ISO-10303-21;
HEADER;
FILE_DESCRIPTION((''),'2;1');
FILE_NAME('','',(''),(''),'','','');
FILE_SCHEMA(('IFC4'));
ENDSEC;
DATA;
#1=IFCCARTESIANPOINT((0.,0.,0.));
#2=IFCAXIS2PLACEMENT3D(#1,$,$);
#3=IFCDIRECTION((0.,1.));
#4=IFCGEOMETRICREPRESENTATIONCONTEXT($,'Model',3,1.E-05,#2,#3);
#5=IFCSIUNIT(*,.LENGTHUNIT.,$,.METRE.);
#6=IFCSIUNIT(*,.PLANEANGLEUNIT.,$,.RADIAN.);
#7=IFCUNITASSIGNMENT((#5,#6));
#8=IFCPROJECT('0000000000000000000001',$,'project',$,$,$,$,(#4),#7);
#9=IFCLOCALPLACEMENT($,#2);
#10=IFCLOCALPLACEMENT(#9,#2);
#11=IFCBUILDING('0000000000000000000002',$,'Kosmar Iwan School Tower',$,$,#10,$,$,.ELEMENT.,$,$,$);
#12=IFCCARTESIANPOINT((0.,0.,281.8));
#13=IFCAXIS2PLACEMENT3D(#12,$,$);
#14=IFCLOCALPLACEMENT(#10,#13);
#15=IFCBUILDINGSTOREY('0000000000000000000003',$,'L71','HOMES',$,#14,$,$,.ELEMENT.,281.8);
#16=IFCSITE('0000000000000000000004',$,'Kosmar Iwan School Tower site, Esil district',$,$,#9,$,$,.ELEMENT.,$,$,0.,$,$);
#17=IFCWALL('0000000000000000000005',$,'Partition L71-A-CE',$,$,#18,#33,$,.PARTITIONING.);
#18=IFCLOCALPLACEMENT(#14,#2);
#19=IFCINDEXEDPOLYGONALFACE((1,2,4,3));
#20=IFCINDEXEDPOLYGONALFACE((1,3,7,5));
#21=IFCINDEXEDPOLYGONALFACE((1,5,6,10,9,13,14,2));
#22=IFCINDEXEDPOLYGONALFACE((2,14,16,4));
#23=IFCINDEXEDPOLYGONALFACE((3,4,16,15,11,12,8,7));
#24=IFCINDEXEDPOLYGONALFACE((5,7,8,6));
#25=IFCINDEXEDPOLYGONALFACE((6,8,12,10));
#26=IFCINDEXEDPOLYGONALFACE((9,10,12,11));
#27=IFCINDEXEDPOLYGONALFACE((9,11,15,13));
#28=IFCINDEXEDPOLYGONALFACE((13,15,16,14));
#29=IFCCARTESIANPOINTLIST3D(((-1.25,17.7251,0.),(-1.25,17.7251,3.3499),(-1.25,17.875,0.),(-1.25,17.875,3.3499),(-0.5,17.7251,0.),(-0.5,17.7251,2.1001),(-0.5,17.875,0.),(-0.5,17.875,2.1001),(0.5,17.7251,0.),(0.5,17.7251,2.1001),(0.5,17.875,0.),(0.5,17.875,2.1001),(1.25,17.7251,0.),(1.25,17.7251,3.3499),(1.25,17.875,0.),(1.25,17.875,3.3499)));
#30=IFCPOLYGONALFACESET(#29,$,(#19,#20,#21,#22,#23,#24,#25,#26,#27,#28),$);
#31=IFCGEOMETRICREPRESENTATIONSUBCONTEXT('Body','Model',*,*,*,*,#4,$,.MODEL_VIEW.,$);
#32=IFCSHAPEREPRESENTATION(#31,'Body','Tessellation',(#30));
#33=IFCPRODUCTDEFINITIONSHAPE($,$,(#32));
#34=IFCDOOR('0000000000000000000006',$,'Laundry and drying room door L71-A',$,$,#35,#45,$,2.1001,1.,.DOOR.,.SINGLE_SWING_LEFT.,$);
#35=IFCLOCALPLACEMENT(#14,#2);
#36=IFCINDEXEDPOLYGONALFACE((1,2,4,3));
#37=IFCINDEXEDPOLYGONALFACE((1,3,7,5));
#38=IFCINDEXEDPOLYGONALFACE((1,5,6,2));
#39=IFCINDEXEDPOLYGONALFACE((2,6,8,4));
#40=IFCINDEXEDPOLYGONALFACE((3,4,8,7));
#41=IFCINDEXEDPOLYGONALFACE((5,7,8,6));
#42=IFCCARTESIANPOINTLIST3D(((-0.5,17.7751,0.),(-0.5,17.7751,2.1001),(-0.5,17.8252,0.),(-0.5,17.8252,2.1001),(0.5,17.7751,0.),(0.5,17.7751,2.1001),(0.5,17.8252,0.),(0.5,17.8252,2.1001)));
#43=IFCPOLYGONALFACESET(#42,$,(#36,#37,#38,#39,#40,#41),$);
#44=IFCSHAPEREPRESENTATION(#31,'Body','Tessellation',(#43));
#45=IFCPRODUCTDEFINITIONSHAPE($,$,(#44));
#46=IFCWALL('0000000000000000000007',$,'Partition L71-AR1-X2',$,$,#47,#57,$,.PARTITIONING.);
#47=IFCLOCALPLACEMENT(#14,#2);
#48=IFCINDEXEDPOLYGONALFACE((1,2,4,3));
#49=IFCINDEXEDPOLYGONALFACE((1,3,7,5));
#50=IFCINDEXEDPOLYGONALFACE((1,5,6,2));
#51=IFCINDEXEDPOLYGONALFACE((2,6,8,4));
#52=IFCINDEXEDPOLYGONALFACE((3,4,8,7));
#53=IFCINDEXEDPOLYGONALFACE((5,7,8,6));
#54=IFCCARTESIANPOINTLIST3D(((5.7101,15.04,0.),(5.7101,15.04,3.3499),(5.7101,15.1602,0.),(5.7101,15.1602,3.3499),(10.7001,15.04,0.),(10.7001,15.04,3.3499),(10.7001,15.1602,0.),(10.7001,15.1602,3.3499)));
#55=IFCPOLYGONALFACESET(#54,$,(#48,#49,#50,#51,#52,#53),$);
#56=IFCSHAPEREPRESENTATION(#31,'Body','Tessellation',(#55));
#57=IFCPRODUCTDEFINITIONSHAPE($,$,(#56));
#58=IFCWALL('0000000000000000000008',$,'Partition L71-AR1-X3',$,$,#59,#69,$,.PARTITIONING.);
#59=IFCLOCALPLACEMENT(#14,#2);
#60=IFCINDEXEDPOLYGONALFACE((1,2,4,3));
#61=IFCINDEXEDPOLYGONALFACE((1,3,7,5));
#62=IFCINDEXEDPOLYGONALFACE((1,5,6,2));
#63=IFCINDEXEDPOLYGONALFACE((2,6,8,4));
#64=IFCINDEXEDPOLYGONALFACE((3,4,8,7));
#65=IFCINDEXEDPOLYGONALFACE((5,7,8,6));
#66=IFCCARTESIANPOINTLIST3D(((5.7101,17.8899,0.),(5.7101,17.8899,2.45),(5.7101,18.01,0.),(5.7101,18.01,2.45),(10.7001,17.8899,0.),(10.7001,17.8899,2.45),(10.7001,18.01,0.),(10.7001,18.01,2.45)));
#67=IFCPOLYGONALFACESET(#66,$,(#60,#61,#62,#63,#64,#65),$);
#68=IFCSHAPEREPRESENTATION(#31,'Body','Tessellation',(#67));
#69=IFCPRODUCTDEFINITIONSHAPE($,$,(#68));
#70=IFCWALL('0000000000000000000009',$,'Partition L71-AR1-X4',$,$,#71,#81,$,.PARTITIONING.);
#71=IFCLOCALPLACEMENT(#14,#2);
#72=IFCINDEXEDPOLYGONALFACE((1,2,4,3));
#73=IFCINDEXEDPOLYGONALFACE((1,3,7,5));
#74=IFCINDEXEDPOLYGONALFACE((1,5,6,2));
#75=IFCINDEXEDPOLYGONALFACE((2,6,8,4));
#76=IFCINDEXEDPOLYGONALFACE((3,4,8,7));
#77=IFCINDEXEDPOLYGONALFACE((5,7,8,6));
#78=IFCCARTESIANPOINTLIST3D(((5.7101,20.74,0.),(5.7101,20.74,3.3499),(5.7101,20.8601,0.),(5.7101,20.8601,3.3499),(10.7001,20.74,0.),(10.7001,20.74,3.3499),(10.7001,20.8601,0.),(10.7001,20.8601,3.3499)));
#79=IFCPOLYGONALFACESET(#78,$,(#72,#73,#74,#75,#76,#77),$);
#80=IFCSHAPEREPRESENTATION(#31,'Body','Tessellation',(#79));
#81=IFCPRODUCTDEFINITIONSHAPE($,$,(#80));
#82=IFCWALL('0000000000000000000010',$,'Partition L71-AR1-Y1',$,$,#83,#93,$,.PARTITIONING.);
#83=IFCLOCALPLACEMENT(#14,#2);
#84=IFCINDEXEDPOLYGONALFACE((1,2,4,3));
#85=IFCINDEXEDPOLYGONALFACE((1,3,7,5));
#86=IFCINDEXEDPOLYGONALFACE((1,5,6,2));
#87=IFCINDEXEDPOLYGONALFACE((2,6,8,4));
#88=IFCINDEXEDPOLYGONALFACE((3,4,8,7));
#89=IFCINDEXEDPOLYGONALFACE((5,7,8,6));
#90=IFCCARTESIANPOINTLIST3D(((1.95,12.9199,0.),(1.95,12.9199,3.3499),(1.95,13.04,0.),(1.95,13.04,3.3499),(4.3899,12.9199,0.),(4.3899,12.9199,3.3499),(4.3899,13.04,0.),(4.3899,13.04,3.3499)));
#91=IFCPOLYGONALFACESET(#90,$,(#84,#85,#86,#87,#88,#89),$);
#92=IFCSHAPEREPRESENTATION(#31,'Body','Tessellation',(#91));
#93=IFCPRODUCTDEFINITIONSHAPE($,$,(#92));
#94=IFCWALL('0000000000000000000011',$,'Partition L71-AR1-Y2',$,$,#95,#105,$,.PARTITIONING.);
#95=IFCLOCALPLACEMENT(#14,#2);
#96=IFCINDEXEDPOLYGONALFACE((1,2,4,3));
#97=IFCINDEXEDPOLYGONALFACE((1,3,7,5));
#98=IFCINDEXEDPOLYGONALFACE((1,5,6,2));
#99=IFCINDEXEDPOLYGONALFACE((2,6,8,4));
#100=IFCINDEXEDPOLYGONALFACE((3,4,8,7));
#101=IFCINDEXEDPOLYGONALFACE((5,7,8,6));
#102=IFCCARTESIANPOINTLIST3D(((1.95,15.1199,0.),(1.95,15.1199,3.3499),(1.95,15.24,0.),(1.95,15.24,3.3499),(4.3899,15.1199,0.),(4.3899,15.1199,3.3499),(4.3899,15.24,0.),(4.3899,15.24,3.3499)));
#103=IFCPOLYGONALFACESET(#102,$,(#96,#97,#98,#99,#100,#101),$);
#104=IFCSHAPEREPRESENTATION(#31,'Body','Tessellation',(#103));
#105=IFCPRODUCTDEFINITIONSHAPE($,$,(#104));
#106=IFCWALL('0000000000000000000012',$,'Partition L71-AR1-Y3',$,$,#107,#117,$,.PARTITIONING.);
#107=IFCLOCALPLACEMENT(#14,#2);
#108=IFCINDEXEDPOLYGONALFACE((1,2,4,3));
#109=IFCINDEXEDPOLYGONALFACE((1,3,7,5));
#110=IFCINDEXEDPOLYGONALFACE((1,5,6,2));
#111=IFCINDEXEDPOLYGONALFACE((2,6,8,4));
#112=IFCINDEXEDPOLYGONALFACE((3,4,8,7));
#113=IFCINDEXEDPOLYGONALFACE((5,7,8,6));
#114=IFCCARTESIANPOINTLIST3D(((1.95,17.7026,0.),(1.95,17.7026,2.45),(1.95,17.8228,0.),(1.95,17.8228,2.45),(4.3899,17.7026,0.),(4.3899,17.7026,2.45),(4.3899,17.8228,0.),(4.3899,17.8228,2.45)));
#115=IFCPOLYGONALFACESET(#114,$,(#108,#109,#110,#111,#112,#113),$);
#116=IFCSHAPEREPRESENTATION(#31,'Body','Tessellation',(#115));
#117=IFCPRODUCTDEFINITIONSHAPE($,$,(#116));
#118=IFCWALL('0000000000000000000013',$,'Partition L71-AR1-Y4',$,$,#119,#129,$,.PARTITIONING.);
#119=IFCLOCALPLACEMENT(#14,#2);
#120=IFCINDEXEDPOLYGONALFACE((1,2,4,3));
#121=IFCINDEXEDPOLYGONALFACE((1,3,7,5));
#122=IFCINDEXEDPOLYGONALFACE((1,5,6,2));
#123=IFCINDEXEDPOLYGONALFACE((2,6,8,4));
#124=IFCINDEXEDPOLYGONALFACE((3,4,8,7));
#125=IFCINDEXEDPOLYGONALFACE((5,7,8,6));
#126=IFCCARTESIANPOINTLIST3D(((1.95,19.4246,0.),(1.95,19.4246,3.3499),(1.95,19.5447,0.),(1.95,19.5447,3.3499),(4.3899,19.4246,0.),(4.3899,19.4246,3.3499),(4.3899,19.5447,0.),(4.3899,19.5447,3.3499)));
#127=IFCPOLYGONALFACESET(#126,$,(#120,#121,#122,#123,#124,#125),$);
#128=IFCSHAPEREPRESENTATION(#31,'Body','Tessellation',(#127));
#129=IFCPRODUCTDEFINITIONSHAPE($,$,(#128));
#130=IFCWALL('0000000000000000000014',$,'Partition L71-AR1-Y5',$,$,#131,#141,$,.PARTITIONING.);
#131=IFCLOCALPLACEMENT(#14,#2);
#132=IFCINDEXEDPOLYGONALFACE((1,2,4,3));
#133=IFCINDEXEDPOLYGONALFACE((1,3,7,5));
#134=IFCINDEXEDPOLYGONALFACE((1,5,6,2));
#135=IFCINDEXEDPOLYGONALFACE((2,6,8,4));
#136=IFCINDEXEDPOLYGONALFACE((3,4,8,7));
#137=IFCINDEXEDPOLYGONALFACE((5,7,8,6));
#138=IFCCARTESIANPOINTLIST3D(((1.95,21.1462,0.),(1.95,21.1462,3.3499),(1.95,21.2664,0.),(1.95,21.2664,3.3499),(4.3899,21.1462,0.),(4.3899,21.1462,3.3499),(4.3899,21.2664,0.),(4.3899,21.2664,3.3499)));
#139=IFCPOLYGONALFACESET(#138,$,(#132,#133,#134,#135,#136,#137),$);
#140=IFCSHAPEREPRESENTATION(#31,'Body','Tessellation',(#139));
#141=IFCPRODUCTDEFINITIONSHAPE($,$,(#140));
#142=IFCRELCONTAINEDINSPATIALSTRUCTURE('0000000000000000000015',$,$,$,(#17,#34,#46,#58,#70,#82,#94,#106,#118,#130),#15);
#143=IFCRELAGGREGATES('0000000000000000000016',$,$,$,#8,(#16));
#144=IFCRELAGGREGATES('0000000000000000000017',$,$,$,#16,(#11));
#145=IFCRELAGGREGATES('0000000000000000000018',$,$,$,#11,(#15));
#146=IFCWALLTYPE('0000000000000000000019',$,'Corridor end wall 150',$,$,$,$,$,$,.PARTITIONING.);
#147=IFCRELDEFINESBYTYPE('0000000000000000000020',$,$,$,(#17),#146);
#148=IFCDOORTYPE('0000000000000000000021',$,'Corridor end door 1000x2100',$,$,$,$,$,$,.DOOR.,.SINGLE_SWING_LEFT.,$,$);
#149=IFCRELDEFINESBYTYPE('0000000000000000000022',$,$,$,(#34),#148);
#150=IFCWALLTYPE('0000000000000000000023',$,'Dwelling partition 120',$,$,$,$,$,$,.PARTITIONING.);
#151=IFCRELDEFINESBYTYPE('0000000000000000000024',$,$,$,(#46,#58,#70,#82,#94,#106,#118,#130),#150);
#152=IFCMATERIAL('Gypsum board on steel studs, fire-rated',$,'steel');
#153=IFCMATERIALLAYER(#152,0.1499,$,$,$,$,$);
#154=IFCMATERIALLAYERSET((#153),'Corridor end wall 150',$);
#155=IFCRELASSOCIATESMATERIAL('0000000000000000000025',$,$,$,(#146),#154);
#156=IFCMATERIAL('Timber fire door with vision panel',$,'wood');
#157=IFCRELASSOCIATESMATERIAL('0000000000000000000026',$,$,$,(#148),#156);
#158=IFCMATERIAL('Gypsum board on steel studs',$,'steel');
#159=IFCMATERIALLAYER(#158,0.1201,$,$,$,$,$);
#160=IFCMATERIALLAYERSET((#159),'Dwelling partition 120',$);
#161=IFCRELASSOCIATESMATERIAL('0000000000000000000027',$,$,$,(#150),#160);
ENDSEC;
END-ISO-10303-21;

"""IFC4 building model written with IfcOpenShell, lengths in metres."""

from ifc_helpers import new_model, si_unit, direction, frame, frame_2d, origin, place, context, subcontext, project, spatial, rectangle, extrude, material, layer, layer_set, type_object, element, fill, save


model = new_model("IFC4")

# Units and contexts
model_context = context("Model", 3, precision=1e-05, world=origin(), true_north=direction((0.0, 1.0)))
body_context = subcontext(model_context, "Body", "Model", "MODEL_VIEW")
ifc_project = project(units=[si_unit("LENGTHUNIT", "METRE"), si_unit("PLANEANGLEUNIT", "RADIAN")], contexts=[model_context])

# Site, building, storey
site_placement = place(None, origin())
site = spatial("IfcSite", under=ifc_project, at=site_placement, Name="Kosmar Iwan School Tower site, Esil district", CompositionType="ELEMENT", RefElevation=0.0)
building_placement = place(site_placement, origin())
building = spatial("IfcBuilding", under=site, at=building_placement, Name="Kosmar Iwan School Tower", CompositionType="ELEMENT")
storey_placement = place(building_placement, frame((0.0, 0.0, 281.8)))
storey = spatial("IfcBuildingStorey", under=building, at=storey_placement, Name="L71", Description="HOMES", CompositionType="ELEMENT", Elevation=281.8)

# Wall, opening, door
ifc_material_1 = material(Name="Gypsum board on steel studs, fire-rated", Category="steel")
ifc_layer_1 = layer(ifc_material_1, 0.1499)
ifc_layer_set_1 = layer_set([ifc_layer_1], Name="Corridor end wall 150")
wall_type_1 = type_object("IfcWallType", Name="Corridor end wall 150", PredefinedType="PARTITIONING", material=ifc_layer_set_1)
wall_1_placement = place(storey_placement, frame((1.25, 17.8, 0.0), z_axis=(0.0, 0.0, 1.0), x_axis=(-1.0, 0.0, 0.0)))
wall_1 = element("IfcWall", 1, at=wall_1_placement, inside=storey, type_object=wall_type_1, Name="Partition L71-A-CE", PredefinedType="PARTITIONING", context=body_context, shape_type="SweptSolid", body=[
    extrude(rectangle(XDim=2.5, YDim=0.1499, at=frame_2d((1.25, 0.0))), origin(), (0.0, 0.0, 1.0), 3.3499),
])
opening_placement = place(wall_1_placement, frame((0.75, 0.0, 0.0)))
opening = element("IfcOpeningElement", 2, at=opening_placement, cuts=wall_1, PredefinedType="OPENING", context=body_context, shape_type="SweptSolid", body=[
    extrude(rectangle(XDim=1.0, YDim=2.1001, at=frame_2d((0.5, 1.05))), frame((0.0, 0.0869, 0.0), z_axis=(0.0, -1.0, 0.0), x_axis=(1.0, 0.0, 0.0)), (0.0, 0.0, 1.0), 0.1738),
])
ifc_material_2 = material(Name="Timber fire door with vision panel", Category="wood")
door_type = type_object("IfcDoorType", Name="Corridor end door 1000x2100", OperationType="SINGLE_SWING_LEFT", PredefinedType="DOOR", material=ifc_material_2)
door_placement = place(opening_placement, origin())
door = element("IfcDoor", 3, at=door_placement, inside=storey, type_object=door_type, Name="Laundry and drying room door L71-A", OperationType="SINGLE_SWING_LEFT", OverallHeight=2.1001, OverallWidth=1.0, PredefinedType="DOOR", context=body_context, shape_type="SweptSolid", body=[
    extrude(rectangle(XDim=1.0, YDim=2.1001, at=frame_2d((0.5, 1.05))), frame((0.0, 0.0249, 0.0), z_axis=(0.0, -1.0, 0.0), x_axis=(1.0, 0.0, 0.0)), (0.0, 0.0, 1.0), 0.05),
])
fill(opening, door)

# Walls
ifc_material_3 = material(Name="Gypsum board on steel studs", Category="steel")
ifc_layer_2 = layer(ifc_material_3, 0.1201)
ifc_layer_set_2 = layer_set([ifc_layer_2], Name="Dwelling partition 120")
wall_type_2 = type_object("IfcWallType", Name="Dwelling partition 120", PredefinedType="PARTITIONING", material=ifc_layer_set_2)
wall_2_placement = place(storey_placement, frame((5.71, 15.1001, 0.0), z_axis=(0.0, 0.0, 1.0), x_axis=(1.0, 0.0, 0.0)))
element("IfcWall", 4, at=wall_2_placement, inside=storey, type_object=wall_type_2, Name="Partition L71-AR1-X2", PredefinedType="PARTITIONING", context=body_context, shape_type="SweptSolid", body=[
    extrude(rectangle(XDim=4.99, YDim=0.1201, at=frame_2d((2.4951, 0.0))), origin(), (0.0, 0.0, 1.0), 3.3499),
])
wall_3_placement = place(storey_placement, frame((5.71, 17.95, 0.0), z_axis=(0.0, 0.0, 1.0), x_axis=(1.0, 0.0, 0.0)))
element("IfcWall", 5, at=wall_3_placement, inside=storey, type_object=wall_type_2, Name="Partition L71-AR1-X3", PredefinedType="PARTITIONING", context=body_context, shape_type="SweptSolid", body=[
    extrude(rectangle(XDim=4.99, YDim=0.1201, at=frame_2d((2.4951, 0.0))), origin(), (0.0, 0.0, 1.0), 2.45),
])
wall_4_placement = place(storey_placement, frame((5.71, 20.8, 0.0), z_axis=(0.0, 0.0, 1.0), x_axis=(1.0, 0.0, 0.0)))
element("IfcWall", 6, at=wall_4_placement, inside=storey, type_object=wall_type_2, Name="Partition L71-AR1-X4", PredefinedType="PARTITIONING", context=body_context, shape_type="SweptSolid", body=[
    extrude(rectangle(XDim=4.99, YDim=0.1201, at=frame_2d((2.4951, 0.0))), origin(), (0.0, 0.0, 1.0), 3.3499),
])
for number, where, z_axis, x_axis, name in (
    (7, (1.95, 12.98, 0.0), (0.0, 0.0, 1.0), (1.0, 0.0, 0.0), "Partition L71-AR1-Y1"),
    (8, (1.95, 15.1799, 0.0), (0.0, 0.0, 1.0), (1.0, 0.0, 0.0), "Partition L71-AR1-Y2"),
):
    element("IfcWall", number, at=place(storey_placement, frame(where, z_axis=z_axis, x_axis=x_axis)), inside=storey, type_object=wall_type_2, Name=name, PredefinedType="PARTITIONING", context=body_context, shape_type="SweptSolid", body=[
        extrude(rectangle(XDim=2.4399, YDim=0.1201, at=frame_2d((1.22, 0.0))), origin(), (0.0, 0.0, 1.0), 3.3499),
    ])
wall_5_placement = place(storey_placement, frame((1.95, 17.7627, 0.0), z_axis=(0.0, 0.0, 1.0), x_axis=(1.0, 0.0, 0.0)))
element("IfcWall", 9, at=wall_5_placement, inside=storey, type_object=wall_type_2, Name="Partition L71-AR1-Y3", PredefinedType="PARTITIONING", context=body_context, shape_type="SweptSolid", body=[
    extrude(rectangle(XDim=2.4399, YDim=0.1201, at=frame_2d((1.22, 0.0))), origin(), (0.0, 0.0, 1.0), 2.45),
])
for number, where, z_axis, x_axis, name in (
    (10, (1.95, 19.4846, 0.0), (0.0, 0.0, 1.0), (1.0, 0.0, 0.0), "Partition L71-AR1-Y4"),
    (11, (1.95, 21.2063, 0.0), (0.0, 0.0, 1.0), (1.0, 0.0, 0.0), "Partition L71-AR1-Y5"),
):
    element("IfcWall", number, at=place(storey_placement, frame(where, z_axis=z_axis, x_axis=x_axis)), inside=storey, type_object=wall_type_2, Name=name, PredefinedType="PARTITIONING", context=body_context, shape_type="SweptSolid", body=[
        extrude(rectangle(XDim=2.4399, YDim=0.1201, at=frame_2d((1.22, 0.0))), origin(), (0.0, 0.0, 1.0), 3.3499),
    ])

save(model, "model.ifc")
